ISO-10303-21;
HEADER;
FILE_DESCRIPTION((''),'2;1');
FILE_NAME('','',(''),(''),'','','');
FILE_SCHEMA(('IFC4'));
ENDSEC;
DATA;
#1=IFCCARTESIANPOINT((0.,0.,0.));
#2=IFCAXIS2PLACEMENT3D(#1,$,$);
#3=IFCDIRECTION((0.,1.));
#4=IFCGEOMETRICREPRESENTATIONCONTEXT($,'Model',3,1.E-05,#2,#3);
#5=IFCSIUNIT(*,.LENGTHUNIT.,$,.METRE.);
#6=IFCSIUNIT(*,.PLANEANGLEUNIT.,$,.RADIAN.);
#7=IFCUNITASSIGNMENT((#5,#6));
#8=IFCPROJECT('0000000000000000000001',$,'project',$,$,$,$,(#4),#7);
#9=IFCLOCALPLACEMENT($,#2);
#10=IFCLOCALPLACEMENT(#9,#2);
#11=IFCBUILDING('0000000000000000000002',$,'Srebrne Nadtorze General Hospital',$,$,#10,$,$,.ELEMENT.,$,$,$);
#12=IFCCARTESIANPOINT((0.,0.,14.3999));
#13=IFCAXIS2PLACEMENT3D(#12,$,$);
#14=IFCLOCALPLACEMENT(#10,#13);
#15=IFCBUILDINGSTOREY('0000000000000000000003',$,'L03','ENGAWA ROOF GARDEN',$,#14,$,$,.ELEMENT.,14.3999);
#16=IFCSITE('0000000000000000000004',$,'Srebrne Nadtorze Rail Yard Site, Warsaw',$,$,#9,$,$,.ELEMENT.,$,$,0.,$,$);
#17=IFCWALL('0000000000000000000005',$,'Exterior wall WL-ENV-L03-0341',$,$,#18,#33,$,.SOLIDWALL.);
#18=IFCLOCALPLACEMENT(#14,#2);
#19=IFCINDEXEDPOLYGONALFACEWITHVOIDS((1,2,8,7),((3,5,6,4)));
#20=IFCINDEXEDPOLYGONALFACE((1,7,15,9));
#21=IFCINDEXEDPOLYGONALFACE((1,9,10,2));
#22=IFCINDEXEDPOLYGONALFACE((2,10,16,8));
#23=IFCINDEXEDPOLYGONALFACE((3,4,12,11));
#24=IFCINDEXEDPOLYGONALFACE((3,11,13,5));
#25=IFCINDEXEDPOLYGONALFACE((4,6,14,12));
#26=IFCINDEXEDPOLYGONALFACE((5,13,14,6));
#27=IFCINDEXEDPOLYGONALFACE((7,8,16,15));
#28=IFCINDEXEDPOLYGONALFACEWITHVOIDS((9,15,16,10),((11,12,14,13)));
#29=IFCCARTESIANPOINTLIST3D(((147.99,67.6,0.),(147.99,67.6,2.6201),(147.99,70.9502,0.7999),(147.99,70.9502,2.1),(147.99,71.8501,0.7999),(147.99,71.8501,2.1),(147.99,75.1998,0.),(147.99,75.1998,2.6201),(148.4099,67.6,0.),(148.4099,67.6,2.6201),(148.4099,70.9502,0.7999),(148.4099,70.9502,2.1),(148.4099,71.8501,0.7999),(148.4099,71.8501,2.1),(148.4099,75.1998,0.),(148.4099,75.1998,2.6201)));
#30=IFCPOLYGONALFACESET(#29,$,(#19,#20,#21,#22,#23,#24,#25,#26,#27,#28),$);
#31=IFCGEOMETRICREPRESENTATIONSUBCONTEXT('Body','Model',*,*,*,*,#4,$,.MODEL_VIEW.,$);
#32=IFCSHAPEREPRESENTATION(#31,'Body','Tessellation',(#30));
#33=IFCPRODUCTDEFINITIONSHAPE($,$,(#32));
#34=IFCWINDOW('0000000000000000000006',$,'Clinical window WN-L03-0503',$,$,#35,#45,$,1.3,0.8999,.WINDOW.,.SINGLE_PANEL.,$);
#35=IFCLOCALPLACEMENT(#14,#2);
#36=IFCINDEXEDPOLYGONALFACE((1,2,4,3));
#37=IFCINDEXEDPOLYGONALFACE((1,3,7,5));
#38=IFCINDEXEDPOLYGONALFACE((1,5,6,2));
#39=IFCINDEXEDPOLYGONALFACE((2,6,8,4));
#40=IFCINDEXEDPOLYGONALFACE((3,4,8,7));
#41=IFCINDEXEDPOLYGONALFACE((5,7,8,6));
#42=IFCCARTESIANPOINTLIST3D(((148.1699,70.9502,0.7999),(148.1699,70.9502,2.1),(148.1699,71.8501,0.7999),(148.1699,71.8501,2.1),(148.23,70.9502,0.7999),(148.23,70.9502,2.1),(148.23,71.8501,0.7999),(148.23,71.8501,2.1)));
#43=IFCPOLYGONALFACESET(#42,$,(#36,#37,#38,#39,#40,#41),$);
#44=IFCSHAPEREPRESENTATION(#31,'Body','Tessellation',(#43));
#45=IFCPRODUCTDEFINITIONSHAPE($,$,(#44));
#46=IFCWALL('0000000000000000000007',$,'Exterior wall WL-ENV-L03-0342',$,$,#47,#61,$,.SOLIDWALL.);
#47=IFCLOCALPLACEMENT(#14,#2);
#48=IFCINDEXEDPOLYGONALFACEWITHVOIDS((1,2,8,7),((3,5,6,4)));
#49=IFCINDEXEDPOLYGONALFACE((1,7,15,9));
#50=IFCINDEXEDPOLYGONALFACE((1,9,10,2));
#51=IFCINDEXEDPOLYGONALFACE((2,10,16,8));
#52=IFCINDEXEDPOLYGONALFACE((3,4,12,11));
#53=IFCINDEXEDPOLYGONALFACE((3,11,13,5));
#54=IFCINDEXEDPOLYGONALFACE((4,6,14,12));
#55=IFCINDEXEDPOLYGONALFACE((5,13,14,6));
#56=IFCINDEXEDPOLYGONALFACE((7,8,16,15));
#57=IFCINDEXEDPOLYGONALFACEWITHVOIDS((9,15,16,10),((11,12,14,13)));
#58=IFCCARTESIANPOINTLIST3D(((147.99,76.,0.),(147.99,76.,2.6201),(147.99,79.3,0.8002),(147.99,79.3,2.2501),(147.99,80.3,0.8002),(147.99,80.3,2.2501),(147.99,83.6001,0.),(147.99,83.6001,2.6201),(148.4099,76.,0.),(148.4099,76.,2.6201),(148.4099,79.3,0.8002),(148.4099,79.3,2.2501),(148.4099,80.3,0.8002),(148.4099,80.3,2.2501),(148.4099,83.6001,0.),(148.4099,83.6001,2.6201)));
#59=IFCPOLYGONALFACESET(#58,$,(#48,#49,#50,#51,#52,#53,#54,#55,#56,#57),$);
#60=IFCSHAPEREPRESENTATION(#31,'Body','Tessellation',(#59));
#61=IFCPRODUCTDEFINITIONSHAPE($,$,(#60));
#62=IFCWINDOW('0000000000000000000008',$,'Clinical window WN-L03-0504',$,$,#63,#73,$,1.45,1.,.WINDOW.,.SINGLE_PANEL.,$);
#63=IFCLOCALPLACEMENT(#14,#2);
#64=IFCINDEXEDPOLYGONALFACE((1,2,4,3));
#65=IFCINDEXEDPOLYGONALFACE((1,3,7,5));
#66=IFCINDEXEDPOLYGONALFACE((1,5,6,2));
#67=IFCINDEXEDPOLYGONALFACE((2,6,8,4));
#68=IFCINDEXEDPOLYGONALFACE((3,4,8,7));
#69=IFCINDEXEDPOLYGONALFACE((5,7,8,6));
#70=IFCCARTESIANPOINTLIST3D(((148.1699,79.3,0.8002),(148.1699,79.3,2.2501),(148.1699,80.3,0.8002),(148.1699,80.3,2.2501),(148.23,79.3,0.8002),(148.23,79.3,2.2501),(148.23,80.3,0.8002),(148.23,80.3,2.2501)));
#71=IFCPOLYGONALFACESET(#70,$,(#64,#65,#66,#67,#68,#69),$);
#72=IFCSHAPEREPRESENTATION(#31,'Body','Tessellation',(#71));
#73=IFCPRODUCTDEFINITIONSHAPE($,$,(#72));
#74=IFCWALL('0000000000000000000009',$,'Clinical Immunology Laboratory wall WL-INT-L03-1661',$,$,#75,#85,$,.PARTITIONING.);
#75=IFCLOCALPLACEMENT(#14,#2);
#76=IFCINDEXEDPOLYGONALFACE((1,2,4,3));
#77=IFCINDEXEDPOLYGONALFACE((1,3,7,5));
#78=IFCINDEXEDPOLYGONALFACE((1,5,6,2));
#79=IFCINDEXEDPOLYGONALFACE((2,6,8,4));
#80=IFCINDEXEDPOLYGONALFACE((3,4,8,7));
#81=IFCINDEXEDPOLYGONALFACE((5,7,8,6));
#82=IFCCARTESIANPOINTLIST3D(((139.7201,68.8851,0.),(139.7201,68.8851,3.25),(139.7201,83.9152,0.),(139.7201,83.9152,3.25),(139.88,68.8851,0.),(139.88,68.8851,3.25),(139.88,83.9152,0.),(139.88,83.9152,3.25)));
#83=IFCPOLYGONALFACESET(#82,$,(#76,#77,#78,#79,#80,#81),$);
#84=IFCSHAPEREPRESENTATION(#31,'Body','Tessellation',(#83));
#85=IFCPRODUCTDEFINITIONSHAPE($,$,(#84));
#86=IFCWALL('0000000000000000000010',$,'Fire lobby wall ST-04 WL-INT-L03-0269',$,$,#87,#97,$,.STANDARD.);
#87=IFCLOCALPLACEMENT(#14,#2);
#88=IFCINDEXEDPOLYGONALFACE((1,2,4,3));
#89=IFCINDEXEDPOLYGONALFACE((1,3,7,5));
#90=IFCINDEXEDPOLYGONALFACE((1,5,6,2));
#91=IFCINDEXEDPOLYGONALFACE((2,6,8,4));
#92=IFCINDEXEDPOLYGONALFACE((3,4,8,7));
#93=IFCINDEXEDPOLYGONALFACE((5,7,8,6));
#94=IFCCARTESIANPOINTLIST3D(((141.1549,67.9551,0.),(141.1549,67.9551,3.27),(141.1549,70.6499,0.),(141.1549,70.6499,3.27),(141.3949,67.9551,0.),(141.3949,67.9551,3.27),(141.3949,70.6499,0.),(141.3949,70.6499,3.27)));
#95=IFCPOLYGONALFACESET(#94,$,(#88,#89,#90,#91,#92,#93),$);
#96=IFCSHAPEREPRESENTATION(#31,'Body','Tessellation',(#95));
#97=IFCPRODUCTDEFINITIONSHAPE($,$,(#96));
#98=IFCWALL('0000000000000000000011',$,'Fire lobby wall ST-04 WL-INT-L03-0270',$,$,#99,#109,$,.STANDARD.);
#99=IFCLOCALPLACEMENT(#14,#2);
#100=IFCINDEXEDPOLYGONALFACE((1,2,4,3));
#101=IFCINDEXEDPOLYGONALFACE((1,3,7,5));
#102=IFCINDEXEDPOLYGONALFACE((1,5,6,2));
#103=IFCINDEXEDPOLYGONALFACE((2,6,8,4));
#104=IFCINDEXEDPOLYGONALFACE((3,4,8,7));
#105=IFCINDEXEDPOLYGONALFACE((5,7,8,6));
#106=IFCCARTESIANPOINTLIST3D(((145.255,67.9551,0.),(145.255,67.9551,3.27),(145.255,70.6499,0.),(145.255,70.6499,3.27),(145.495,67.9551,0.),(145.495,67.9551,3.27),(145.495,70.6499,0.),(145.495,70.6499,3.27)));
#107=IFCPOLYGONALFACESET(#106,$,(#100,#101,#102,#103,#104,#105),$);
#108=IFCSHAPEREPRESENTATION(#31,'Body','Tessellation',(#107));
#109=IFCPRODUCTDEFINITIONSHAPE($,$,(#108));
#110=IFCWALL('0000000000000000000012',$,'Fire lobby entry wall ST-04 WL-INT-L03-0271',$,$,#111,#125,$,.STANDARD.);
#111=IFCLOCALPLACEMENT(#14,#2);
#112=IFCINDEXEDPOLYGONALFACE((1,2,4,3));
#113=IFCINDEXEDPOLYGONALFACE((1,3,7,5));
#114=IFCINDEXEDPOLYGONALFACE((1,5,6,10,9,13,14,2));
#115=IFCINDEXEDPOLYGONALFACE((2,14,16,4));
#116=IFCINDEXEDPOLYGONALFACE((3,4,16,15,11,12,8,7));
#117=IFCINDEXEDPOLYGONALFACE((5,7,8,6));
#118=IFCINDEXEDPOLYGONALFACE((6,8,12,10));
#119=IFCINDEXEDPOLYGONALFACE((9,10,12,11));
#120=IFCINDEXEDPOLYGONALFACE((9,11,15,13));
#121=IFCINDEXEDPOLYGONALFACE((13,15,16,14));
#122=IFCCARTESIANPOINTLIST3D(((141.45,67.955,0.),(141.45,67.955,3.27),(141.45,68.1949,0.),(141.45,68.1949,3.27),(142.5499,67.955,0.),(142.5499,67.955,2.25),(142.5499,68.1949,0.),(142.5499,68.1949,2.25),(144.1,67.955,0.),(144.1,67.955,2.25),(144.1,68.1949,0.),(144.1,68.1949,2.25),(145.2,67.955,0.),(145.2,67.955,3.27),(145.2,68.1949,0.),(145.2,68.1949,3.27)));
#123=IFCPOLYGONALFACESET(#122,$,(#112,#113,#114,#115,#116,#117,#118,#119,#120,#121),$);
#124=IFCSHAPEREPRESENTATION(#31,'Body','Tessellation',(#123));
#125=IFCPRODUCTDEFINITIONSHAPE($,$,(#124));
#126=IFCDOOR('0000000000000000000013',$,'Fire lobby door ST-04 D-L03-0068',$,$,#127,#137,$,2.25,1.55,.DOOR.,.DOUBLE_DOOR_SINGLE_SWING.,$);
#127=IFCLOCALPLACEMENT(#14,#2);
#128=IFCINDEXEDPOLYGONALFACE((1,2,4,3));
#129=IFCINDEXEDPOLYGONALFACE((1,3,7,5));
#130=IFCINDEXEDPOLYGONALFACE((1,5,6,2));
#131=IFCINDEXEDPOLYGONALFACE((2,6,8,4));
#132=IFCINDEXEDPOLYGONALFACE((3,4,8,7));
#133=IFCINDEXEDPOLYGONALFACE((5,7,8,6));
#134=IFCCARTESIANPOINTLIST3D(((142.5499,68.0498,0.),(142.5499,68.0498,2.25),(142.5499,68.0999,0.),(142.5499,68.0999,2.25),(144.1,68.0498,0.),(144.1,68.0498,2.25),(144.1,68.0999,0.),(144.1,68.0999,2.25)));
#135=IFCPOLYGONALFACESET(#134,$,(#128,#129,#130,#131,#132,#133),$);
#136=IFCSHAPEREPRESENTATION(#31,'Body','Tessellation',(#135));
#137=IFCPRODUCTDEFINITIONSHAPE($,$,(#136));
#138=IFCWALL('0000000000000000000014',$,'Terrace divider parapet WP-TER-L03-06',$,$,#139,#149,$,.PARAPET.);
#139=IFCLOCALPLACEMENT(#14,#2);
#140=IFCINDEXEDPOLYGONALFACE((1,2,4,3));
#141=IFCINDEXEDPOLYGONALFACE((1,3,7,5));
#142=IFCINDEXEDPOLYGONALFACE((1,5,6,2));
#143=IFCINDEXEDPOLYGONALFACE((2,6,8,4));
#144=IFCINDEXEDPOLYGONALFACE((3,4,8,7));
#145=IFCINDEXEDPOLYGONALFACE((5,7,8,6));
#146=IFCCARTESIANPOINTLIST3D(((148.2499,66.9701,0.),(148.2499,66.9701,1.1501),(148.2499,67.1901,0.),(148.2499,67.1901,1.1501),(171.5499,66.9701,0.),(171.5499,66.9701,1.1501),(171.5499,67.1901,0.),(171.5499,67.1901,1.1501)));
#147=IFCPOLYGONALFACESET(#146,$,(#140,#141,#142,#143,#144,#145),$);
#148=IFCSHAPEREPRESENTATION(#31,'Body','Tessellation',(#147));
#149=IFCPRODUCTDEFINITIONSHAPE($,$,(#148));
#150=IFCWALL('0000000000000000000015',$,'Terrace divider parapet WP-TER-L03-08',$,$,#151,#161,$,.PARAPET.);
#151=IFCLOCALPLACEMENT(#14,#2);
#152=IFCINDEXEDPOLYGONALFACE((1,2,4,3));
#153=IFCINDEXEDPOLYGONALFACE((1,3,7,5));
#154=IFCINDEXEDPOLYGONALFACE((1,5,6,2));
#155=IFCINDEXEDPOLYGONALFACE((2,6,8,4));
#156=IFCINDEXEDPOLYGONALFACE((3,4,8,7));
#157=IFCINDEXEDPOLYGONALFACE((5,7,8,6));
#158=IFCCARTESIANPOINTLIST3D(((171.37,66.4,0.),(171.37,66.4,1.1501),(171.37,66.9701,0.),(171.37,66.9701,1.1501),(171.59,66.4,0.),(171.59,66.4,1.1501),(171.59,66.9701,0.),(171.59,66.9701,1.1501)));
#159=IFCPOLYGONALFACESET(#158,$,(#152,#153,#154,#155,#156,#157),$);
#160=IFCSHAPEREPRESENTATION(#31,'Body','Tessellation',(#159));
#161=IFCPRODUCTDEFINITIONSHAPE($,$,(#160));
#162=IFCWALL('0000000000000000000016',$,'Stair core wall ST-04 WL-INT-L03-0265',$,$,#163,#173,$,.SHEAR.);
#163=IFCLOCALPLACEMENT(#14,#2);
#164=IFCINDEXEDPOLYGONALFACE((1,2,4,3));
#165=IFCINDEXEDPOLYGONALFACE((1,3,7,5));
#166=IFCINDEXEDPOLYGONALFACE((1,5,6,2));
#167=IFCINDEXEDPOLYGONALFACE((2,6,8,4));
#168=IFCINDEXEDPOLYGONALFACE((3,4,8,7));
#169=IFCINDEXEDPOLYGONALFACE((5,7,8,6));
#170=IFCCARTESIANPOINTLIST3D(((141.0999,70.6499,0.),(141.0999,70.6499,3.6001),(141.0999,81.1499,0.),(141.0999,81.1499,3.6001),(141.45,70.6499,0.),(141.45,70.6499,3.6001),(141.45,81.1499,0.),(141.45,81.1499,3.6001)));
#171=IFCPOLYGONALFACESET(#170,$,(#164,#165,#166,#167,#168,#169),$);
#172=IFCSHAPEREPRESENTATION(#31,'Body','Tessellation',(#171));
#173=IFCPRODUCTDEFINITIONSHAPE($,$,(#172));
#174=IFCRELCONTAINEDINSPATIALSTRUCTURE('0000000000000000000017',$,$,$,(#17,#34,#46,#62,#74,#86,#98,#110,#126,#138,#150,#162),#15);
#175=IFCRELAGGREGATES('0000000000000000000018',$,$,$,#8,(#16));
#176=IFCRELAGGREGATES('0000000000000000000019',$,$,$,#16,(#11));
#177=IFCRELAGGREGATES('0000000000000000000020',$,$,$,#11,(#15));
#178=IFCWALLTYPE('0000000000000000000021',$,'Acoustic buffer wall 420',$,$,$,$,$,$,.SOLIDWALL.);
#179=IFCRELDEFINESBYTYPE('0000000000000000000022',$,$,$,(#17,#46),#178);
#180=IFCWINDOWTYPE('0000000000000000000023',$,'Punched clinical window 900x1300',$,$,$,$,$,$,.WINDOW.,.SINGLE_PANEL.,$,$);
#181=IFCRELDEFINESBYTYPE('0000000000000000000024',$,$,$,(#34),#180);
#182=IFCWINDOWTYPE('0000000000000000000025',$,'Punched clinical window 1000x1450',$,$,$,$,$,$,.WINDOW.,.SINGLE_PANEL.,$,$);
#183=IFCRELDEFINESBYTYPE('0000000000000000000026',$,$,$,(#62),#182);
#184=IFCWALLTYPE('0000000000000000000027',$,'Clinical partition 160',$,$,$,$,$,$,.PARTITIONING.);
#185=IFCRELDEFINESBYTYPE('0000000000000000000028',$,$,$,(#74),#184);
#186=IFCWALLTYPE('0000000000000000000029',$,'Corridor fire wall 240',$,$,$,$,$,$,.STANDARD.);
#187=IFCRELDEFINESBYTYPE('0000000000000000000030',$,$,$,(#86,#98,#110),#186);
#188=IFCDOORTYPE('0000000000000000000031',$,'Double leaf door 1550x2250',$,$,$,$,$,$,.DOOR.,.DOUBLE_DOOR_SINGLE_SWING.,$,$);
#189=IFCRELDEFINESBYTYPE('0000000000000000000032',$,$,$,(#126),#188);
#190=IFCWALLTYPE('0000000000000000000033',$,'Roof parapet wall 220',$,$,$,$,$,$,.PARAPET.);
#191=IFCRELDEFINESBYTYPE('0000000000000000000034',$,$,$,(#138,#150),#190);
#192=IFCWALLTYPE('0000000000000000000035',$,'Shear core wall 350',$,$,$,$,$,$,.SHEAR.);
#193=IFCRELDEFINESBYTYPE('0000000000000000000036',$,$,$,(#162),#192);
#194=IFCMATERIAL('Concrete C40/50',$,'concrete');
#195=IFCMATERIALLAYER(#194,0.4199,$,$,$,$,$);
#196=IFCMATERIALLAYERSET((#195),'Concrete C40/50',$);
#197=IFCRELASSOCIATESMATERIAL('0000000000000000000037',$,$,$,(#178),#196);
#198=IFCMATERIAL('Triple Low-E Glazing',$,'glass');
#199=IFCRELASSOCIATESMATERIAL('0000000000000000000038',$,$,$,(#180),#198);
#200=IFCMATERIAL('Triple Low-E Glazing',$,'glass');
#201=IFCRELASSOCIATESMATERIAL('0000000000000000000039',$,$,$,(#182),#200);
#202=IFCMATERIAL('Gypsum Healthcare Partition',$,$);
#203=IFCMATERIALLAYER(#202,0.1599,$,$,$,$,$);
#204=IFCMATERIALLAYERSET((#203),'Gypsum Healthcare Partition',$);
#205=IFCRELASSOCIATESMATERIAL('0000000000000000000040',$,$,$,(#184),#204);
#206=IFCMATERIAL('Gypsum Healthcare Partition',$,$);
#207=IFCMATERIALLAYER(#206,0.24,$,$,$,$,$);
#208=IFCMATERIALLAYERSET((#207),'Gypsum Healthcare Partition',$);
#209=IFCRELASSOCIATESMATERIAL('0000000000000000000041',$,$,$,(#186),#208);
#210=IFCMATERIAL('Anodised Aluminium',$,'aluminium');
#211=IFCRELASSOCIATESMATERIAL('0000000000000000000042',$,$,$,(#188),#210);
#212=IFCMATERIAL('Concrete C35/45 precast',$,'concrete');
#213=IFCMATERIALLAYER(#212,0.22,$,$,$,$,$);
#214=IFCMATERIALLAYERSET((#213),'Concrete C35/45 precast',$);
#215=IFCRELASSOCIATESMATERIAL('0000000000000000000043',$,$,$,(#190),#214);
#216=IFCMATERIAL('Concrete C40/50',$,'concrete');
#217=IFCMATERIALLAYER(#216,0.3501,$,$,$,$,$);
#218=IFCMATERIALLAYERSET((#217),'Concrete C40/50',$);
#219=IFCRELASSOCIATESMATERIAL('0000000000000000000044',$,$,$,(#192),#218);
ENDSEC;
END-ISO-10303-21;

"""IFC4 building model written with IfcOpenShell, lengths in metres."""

from ifc_helpers import new_model, si_unit, direction, frame, frame_2d, origin, place, context, subcontext, project, spatial, rectangle, extrude, material, layer, layer_set, type_object, element, fill, save


model = new_model("IFC4")

# Units and contexts
model_context = context("Model", 3, precision=1e-05, world=origin(), true_north=direction((0.0, 1.0)))
body_context = subcontext(model_context, "Body", "Model", "MODEL_VIEW")
ifc_project = project(units=[si_unit("LENGTHUNIT", "METRE"), si_unit("PLANEANGLEUNIT", "RADIAN")], contexts=[model_context])

# Site, building, storey
site_placement = place(None, origin())
site = spatial("IfcSite", under=ifc_project, at=site_placement, Name="Srebrne Nadtorze Rail Yard Site, Warsaw", CompositionType="ELEMENT", RefElevation=0.0)
building_placement = place(site_placement, origin())
building = spatial("IfcBuilding", under=site, at=building_placement, Name="Srebrne Nadtorze General Hospital", CompositionType="ELEMENT")
storey_placement = place(building_placement, frame((0.0, 0.0, 14.3999)))
storey = spatial("IfcBuildingStorey", under=building, at=storey_placement, Name="L03", Description="ENGAWA ROOF GARDEN", CompositionType="ELEMENT", Elevation=14.3999)

# Walls, openings, windows
ifc_material_1 = material(Name="Concrete C40/50", Category="concrete")
ifc_layer_1 = layer(ifc_material_1, 0.4199)
ifc_layer_set_1 = layer_set([ifc_layer_1], Name="Concrete C40/50")
wall_type_1 = type_object("IfcWallType", Name="Acoustic buffer wall 420", PredefinedType="SOLIDWALL", material=ifc_layer_set_1)
wall_1_placement = place(storey_placement, frame((148.2, 67.6001, 0.0), z_axis=(0.0, 0.0, 1.0), x_axis=(0.0, 1.0, 0.0)))
wall_1 = element("IfcWall", 1, at=wall_1_placement, inside=storey, type_object=wall_type_1, Name="Exterior wall WL-ENV-L03-0341", PredefinedType="SOLIDWALL", context=body_context, shape_type="SweptSolid", body=[
    extrude(rectangle(XDim=7.5999, YDim=0.4199, at=frame_2d((3.7998, 0.0))), origin(), (0.0, 0.0, 1.0), 2.6201),
])
opening_1_placement = place(wall_1_placement, frame((3.3501, 0.0, 0.8)))
opening_1 = element("IfcOpeningElement", 2, at=opening_1_placement, cuts=wall_1, PredefinedType="OPENING", context=body_context, shape_type="SweptSolid", body=[
    extrude(rectangle(XDim=0.8999, YDim=1.3, at=frame_2d((0.45, 0.6499))), frame((0.0, 0.2219, 0.0), z_axis=(0.0, -1.0, 0.0), x_axis=(1.0, 0.0, 0.0)), (0.0, 0.0, 1.0), 0.4438),
])
ifc_material_2 = material(Name="Triple Low-E Glazing", Category="glass")
window_type_1 = type_object("IfcWindowType", Name="Punched clinical window 900x1300", PartitioningType="SINGLE_PANEL", PredefinedType="WINDOW", material=ifc_material_2)
window_1_placement = place(opening_1_placement, origin())
window_1 = element("IfcWindow", 3, at=window_1_placement, inside=storey, type_object=window_type_1, Name="Clinical window WN-L03-0503", OverallHeight=1.3, OverallWidth=0.8999, PartitioningType="SINGLE_PANEL", PredefinedType="WINDOW", context=body_context, shape_type="SweptSolid", body=[
    extrude(rectangle(XDim=0.8999, YDim=1.3, at=frame_2d((0.45, 0.6499))), frame((0.0, 0.03, 0.0), z_axis=(0.0, -1.0, 0.0), x_axis=(1.0, 0.0, 0.0)), (0.0, 0.0, 1.0), 0.0601),
])
fill(opening_1, window_1)
wall_2_placement = place(storey_placement, frame((148.2, 76.0, 0.0), z_axis=(0.0, 0.0, 1.0), x_axis=(0.0, 1.0, 0.0)))
wall_2 = element("IfcWall", 4, at=wall_2_placement, inside=storey, type_object=wall_type_1, Name="Exterior wall WL-ENV-L03-0342", PredefinedType="SOLIDWALL", context=body_context, shape_type="SweptSolid", body=[
    extrude(rectangle(XDim=7.6001, YDim=0.4199, at=frame_2d((3.8, 0.0))), origin(), (0.0, 0.0, 1.0), 2.6201),
])
opening_2_placement = place(wall_2_placement, frame((3.3, 0.0, 0.8)))
opening_2 = element("IfcOpeningElement", 5, at=opening_2_placement, cuts=wall_2, PredefinedType="OPENING", context=body_context, shape_type="SweptSolid", body=[
    extrude(rectangle(XDim=1.0, YDim=1.45, at=frame_2d((0.5, 0.7251))), frame((0.0, 0.2219, 0.0), z_axis=(0.0, -1.0, 0.0), x_axis=(1.0, 0.0, 0.0)), (0.0, 0.0, 1.0), 0.4438),
])
ifc_material_3 = material(Name="Triple Low-E Glazing", Category="glass")
window_type_2 = type_object("IfcWindowType", Name="Punched clinical window 1000x1450", PartitioningType="SINGLE_PANEL", PredefinedType="WINDOW", material=ifc_material_3)
window_2_placement = place(opening_2_placement, origin())
window_2 = element("IfcWindow", 6, at=window_2_placement, inside=storey, type_object=window_type_2, Name="Clinical window WN-L03-0504", OverallHeight=1.45, OverallWidth=1.0, PartitioningType="SINGLE_PANEL", PredefinedType="WINDOW", context=body_context, shape_type="SweptSolid", body=[
    extrude(rectangle(XDim=1.0, YDim=1.45, at=frame_2d((0.5, 0.7251))), frame((0.0, 0.03, 0.0), z_axis=(0.0, -1.0, 0.0), x_axis=(1.0, 0.0, 0.0)), (0.0, 0.0, 1.0), 0.0601),
])
fill(opening_2, window_2)

# Walls
ifc_material_4 = material(Name="Gypsum Healthcare Partition")
ifc_layer_2 = layer(ifc_material_4, 0.1599)
ifc_layer_set_2 = layer_set([ifc_layer_2], Name="Gypsum Healthcare Partition")
wall_type_2 = type_object("IfcWallType", Name="Clinical partition 160", PredefinedType="PARTITIONING", material=ifc_layer_set_2)
wall_3_placement = place(storey_placement, frame((139.8, 68.885, 0.0), z_axis=(0.0, 0.0, 1.0), x_axis=(0.0, 1.0, 0.0)))
element("IfcWall", 7, at=wall_3_placement, inside=storey, type_object=wall_type_2, Name="Clinical Immunology Laboratory wall WL-INT-L03-1661", PredefinedType="PARTITIONING", context=body_context, shape_type="SweptSolid", body=[
    extrude(rectangle(XDim=15.03, YDim=0.1599, at=frame_2d((7.5151, 0.0))), origin(), (0.0, 0.0, 1.0), 3.25),
])
ifc_material_5 = material(Name="Gypsum Healthcare Partition")
ifc_layer_3 = layer(ifc_material_5, 0.24)
ifc_layer_set_3 = layer_set([ifc_layer_3], Name="Gypsum Healthcare Partition")
wall_type_3 = type_object("IfcWallType", Name="Corridor fire wall 240", PredefinedType="STANDARD", material=ifc_layer_set_3)
for number, where, z_axis, x_axis, name in (
    (8, (141.2749, 67.9551, 0.0), (0.0, 0.0, 1.0), (0.0, 1.0, 0.0), "Fire lobby wall ST-04 WL-INT-L03-0269"),
    (9, (145.375, 67.9551, 0.0), (0.0, 0.0, 1.0), (0.0, 1.0, 0.0), "Fire lobby wall ST-04 WL-INT-L03-0270"),
):
    element("IfcWall", number, at=place(storey_placement, frame(where, z_axis=z_axis, x_axis=x_axis)), inside=storey, type_object=wall_type_3, Name=name, PredefinedType="STANDARD", context=body_context, shape_type="SweptSolid", body=[
        extrude(rectangle(XDim=2.6948, YDim=0.24, at=frame_2d((1.3474, 0.0))), origin(), (0.0, 0.0, 1.0), 3.27),
    ])

# Wall, opening, door
wall_4_placement = place(storey_placement, frame((141.45, 68.075, 0.0), z_axis=(0.0, 0.0, 1.0), x_axis=(1.0, 0.0, 0.0)))
wall_4 = element("IfcWall", 10, at=wall_4_placement, inside=storey, type_object=wall_type_3, Name="Fire lobby entry wall ST-04 WL-INT-L03-0271", PredefinedType="STANDARD", context=body_context, shape_type="SweptSolid", body=[
    extrude(rectangle(XDim=3.75, YDim=0.24, at=frame_2d((1.875, 0.0))), origin(), (0.0, 0.0, 1.0), 3.27),
])
opening_3_placement = place(wall_4_placement, frame((1.1001, 0.0, 0.0)))
opening_3 = element("IfcOpeningElement", 11, at=opening_3_placement, cuts=wall_4, PredefinedType="OPENING", context=body_context, shape_type="SweptSolid", body=[
    extrude(rectangle(XDim=1.55, YDim=2.25, at=frame_2d((0.7749, 1.125))), frame((0.0, 0.1318, 0.0), z_axis=(0.0, -1.0, 0.0), x_axis=(1.0, 0.0, 0.0)), (0.0, 0.0, 1.0), 0.2639),
])
ifc_material_6 = material(Name="Anodised Aluminium", Category="aluminium")
door_type = type_object("IfcDoorType", Name="Double leaf door 1550x2250", OperationType="DOUBLE_DOOR_SINGLE_SWING", PredefinedType="DOOR", material=ifc_material_6)
door_1_placement = place(opening_3_placement, origin())
door_1 = element("IfcDoor", 12, at=door_1_placement, inside=storey, type_object=door_type, Name="Fire lobby door ST-04 D-L03-0068", OperationType="DOUBLE_DOOR_SINGLE_SWING", OverallHeight=2.25, OverallWidth=1.55, PredefinedType="DOOR", context=body_context, shape_type="SweptSolid", body=[
    extrude(rectangle(XDim=1.55, YDim=2.25, at=frame_2d((0.7749, 1.125))), frame((0.0, 0.0249, 0.0), z_axis=(0.0, -1.0, 0.0), x_axis=(1.0, 0.0, 0.0)), (0.0, 0.0, 1.0), 0.05),
])
fill(opening_3, door_1)

# Walls
ifc_material_7 = material(Name="Concrete C35/45 precast", Category="concrete")
ifc_layer_4 = layer(ifc_material_7, 0.22)
ifc_layer_set_4 = layer_set([ifc_layer_4], Name="Concrete C35/45 precast")
wall_type_4 = type_object("IfcWallType", Name="Roof parapet wall 220", PredefinedType="PARAPET", material=ifc_layer_set_4)
wall_5_placement = place(storey_placement, frame((148.25, 67.0801, 0.0), z_axis=(0.0, 0.0, 1.0), x_axis=(1.0, 0.0, 0.0)))
element("IfcWall", 13, at=wall_5_placement, inside=storey, type_object=wall_type_4, Name="Terrace divider parapet WP-TER-L03-06", PredefinedType="PARAPET", context=body_context, shape_type="SweptSolid", body=[
    extrude(rectangle(XDim=23.3, YDim=0.22, at=frame_2d((11.6499, 0.0))), origin(), (0.0, 0.0, 1.0), 1.1501),
])
wall_6_placement = place(storey_placement, frame((171.48, 66.3999, 0.0), z_axis=(0.0, 0.0, 1.0), x_axis=(0.0, 1.0, 0.0)))
element("IfcWall", 14, at=wall_6_placement, inside=storey, type_object=wall_type_4, Name="Terrace divider parapet WP-TER-L03-08", PredefinedType="PARAPET", context=body_context, shape_type="SweptSolid", body=[
    extrude(rectangle(XDim=0.5701, YDim=0.22, at=frame_2d((0.2852, 0.0))), origin(), (0.0, 0.0, 1.0), 1.1501),
])
ifc_material_8 = material(Name="Concrete C40/50", Category="concrete")
ifc_layer_5 = layer(ifc_material_8, 0.3501)
ifc_layer_set_5 = layer_set([ifc_layer_5], Name="Concrete C40/50")
wall_type_5 = type_object("IfcWallType", Name="Shear core wall 350", PredefinedType="SHEAR", material=ifc_layer_set_5)
for number, where, z_axis, x_axis, name in (
    (15, (141.2749, 70.6499, 0.0), (0.0, 0.0, 1.0), (0.0, 1.0, 0.0), "Stair core wall ST-04 WL-INT-L03-0265"),
):
    element("IfcWall", number, at=place(storey_placement, frame(where, z_axis=z_axis, x_axis=x_axis)), inside=storey, type_object=wall_type_5, Name=name, PredefinedType="SHEAR", context=body_context, shape_type="SweptSolid", body=[
        extrude(rectangle(XDim=10.5, YDim=0.3501, at=frame_2d((5.25, 0.0))), origin(), (0.0, 0.0, 1.0), 3.6001),
    ])

save(model, "model.ifc")
